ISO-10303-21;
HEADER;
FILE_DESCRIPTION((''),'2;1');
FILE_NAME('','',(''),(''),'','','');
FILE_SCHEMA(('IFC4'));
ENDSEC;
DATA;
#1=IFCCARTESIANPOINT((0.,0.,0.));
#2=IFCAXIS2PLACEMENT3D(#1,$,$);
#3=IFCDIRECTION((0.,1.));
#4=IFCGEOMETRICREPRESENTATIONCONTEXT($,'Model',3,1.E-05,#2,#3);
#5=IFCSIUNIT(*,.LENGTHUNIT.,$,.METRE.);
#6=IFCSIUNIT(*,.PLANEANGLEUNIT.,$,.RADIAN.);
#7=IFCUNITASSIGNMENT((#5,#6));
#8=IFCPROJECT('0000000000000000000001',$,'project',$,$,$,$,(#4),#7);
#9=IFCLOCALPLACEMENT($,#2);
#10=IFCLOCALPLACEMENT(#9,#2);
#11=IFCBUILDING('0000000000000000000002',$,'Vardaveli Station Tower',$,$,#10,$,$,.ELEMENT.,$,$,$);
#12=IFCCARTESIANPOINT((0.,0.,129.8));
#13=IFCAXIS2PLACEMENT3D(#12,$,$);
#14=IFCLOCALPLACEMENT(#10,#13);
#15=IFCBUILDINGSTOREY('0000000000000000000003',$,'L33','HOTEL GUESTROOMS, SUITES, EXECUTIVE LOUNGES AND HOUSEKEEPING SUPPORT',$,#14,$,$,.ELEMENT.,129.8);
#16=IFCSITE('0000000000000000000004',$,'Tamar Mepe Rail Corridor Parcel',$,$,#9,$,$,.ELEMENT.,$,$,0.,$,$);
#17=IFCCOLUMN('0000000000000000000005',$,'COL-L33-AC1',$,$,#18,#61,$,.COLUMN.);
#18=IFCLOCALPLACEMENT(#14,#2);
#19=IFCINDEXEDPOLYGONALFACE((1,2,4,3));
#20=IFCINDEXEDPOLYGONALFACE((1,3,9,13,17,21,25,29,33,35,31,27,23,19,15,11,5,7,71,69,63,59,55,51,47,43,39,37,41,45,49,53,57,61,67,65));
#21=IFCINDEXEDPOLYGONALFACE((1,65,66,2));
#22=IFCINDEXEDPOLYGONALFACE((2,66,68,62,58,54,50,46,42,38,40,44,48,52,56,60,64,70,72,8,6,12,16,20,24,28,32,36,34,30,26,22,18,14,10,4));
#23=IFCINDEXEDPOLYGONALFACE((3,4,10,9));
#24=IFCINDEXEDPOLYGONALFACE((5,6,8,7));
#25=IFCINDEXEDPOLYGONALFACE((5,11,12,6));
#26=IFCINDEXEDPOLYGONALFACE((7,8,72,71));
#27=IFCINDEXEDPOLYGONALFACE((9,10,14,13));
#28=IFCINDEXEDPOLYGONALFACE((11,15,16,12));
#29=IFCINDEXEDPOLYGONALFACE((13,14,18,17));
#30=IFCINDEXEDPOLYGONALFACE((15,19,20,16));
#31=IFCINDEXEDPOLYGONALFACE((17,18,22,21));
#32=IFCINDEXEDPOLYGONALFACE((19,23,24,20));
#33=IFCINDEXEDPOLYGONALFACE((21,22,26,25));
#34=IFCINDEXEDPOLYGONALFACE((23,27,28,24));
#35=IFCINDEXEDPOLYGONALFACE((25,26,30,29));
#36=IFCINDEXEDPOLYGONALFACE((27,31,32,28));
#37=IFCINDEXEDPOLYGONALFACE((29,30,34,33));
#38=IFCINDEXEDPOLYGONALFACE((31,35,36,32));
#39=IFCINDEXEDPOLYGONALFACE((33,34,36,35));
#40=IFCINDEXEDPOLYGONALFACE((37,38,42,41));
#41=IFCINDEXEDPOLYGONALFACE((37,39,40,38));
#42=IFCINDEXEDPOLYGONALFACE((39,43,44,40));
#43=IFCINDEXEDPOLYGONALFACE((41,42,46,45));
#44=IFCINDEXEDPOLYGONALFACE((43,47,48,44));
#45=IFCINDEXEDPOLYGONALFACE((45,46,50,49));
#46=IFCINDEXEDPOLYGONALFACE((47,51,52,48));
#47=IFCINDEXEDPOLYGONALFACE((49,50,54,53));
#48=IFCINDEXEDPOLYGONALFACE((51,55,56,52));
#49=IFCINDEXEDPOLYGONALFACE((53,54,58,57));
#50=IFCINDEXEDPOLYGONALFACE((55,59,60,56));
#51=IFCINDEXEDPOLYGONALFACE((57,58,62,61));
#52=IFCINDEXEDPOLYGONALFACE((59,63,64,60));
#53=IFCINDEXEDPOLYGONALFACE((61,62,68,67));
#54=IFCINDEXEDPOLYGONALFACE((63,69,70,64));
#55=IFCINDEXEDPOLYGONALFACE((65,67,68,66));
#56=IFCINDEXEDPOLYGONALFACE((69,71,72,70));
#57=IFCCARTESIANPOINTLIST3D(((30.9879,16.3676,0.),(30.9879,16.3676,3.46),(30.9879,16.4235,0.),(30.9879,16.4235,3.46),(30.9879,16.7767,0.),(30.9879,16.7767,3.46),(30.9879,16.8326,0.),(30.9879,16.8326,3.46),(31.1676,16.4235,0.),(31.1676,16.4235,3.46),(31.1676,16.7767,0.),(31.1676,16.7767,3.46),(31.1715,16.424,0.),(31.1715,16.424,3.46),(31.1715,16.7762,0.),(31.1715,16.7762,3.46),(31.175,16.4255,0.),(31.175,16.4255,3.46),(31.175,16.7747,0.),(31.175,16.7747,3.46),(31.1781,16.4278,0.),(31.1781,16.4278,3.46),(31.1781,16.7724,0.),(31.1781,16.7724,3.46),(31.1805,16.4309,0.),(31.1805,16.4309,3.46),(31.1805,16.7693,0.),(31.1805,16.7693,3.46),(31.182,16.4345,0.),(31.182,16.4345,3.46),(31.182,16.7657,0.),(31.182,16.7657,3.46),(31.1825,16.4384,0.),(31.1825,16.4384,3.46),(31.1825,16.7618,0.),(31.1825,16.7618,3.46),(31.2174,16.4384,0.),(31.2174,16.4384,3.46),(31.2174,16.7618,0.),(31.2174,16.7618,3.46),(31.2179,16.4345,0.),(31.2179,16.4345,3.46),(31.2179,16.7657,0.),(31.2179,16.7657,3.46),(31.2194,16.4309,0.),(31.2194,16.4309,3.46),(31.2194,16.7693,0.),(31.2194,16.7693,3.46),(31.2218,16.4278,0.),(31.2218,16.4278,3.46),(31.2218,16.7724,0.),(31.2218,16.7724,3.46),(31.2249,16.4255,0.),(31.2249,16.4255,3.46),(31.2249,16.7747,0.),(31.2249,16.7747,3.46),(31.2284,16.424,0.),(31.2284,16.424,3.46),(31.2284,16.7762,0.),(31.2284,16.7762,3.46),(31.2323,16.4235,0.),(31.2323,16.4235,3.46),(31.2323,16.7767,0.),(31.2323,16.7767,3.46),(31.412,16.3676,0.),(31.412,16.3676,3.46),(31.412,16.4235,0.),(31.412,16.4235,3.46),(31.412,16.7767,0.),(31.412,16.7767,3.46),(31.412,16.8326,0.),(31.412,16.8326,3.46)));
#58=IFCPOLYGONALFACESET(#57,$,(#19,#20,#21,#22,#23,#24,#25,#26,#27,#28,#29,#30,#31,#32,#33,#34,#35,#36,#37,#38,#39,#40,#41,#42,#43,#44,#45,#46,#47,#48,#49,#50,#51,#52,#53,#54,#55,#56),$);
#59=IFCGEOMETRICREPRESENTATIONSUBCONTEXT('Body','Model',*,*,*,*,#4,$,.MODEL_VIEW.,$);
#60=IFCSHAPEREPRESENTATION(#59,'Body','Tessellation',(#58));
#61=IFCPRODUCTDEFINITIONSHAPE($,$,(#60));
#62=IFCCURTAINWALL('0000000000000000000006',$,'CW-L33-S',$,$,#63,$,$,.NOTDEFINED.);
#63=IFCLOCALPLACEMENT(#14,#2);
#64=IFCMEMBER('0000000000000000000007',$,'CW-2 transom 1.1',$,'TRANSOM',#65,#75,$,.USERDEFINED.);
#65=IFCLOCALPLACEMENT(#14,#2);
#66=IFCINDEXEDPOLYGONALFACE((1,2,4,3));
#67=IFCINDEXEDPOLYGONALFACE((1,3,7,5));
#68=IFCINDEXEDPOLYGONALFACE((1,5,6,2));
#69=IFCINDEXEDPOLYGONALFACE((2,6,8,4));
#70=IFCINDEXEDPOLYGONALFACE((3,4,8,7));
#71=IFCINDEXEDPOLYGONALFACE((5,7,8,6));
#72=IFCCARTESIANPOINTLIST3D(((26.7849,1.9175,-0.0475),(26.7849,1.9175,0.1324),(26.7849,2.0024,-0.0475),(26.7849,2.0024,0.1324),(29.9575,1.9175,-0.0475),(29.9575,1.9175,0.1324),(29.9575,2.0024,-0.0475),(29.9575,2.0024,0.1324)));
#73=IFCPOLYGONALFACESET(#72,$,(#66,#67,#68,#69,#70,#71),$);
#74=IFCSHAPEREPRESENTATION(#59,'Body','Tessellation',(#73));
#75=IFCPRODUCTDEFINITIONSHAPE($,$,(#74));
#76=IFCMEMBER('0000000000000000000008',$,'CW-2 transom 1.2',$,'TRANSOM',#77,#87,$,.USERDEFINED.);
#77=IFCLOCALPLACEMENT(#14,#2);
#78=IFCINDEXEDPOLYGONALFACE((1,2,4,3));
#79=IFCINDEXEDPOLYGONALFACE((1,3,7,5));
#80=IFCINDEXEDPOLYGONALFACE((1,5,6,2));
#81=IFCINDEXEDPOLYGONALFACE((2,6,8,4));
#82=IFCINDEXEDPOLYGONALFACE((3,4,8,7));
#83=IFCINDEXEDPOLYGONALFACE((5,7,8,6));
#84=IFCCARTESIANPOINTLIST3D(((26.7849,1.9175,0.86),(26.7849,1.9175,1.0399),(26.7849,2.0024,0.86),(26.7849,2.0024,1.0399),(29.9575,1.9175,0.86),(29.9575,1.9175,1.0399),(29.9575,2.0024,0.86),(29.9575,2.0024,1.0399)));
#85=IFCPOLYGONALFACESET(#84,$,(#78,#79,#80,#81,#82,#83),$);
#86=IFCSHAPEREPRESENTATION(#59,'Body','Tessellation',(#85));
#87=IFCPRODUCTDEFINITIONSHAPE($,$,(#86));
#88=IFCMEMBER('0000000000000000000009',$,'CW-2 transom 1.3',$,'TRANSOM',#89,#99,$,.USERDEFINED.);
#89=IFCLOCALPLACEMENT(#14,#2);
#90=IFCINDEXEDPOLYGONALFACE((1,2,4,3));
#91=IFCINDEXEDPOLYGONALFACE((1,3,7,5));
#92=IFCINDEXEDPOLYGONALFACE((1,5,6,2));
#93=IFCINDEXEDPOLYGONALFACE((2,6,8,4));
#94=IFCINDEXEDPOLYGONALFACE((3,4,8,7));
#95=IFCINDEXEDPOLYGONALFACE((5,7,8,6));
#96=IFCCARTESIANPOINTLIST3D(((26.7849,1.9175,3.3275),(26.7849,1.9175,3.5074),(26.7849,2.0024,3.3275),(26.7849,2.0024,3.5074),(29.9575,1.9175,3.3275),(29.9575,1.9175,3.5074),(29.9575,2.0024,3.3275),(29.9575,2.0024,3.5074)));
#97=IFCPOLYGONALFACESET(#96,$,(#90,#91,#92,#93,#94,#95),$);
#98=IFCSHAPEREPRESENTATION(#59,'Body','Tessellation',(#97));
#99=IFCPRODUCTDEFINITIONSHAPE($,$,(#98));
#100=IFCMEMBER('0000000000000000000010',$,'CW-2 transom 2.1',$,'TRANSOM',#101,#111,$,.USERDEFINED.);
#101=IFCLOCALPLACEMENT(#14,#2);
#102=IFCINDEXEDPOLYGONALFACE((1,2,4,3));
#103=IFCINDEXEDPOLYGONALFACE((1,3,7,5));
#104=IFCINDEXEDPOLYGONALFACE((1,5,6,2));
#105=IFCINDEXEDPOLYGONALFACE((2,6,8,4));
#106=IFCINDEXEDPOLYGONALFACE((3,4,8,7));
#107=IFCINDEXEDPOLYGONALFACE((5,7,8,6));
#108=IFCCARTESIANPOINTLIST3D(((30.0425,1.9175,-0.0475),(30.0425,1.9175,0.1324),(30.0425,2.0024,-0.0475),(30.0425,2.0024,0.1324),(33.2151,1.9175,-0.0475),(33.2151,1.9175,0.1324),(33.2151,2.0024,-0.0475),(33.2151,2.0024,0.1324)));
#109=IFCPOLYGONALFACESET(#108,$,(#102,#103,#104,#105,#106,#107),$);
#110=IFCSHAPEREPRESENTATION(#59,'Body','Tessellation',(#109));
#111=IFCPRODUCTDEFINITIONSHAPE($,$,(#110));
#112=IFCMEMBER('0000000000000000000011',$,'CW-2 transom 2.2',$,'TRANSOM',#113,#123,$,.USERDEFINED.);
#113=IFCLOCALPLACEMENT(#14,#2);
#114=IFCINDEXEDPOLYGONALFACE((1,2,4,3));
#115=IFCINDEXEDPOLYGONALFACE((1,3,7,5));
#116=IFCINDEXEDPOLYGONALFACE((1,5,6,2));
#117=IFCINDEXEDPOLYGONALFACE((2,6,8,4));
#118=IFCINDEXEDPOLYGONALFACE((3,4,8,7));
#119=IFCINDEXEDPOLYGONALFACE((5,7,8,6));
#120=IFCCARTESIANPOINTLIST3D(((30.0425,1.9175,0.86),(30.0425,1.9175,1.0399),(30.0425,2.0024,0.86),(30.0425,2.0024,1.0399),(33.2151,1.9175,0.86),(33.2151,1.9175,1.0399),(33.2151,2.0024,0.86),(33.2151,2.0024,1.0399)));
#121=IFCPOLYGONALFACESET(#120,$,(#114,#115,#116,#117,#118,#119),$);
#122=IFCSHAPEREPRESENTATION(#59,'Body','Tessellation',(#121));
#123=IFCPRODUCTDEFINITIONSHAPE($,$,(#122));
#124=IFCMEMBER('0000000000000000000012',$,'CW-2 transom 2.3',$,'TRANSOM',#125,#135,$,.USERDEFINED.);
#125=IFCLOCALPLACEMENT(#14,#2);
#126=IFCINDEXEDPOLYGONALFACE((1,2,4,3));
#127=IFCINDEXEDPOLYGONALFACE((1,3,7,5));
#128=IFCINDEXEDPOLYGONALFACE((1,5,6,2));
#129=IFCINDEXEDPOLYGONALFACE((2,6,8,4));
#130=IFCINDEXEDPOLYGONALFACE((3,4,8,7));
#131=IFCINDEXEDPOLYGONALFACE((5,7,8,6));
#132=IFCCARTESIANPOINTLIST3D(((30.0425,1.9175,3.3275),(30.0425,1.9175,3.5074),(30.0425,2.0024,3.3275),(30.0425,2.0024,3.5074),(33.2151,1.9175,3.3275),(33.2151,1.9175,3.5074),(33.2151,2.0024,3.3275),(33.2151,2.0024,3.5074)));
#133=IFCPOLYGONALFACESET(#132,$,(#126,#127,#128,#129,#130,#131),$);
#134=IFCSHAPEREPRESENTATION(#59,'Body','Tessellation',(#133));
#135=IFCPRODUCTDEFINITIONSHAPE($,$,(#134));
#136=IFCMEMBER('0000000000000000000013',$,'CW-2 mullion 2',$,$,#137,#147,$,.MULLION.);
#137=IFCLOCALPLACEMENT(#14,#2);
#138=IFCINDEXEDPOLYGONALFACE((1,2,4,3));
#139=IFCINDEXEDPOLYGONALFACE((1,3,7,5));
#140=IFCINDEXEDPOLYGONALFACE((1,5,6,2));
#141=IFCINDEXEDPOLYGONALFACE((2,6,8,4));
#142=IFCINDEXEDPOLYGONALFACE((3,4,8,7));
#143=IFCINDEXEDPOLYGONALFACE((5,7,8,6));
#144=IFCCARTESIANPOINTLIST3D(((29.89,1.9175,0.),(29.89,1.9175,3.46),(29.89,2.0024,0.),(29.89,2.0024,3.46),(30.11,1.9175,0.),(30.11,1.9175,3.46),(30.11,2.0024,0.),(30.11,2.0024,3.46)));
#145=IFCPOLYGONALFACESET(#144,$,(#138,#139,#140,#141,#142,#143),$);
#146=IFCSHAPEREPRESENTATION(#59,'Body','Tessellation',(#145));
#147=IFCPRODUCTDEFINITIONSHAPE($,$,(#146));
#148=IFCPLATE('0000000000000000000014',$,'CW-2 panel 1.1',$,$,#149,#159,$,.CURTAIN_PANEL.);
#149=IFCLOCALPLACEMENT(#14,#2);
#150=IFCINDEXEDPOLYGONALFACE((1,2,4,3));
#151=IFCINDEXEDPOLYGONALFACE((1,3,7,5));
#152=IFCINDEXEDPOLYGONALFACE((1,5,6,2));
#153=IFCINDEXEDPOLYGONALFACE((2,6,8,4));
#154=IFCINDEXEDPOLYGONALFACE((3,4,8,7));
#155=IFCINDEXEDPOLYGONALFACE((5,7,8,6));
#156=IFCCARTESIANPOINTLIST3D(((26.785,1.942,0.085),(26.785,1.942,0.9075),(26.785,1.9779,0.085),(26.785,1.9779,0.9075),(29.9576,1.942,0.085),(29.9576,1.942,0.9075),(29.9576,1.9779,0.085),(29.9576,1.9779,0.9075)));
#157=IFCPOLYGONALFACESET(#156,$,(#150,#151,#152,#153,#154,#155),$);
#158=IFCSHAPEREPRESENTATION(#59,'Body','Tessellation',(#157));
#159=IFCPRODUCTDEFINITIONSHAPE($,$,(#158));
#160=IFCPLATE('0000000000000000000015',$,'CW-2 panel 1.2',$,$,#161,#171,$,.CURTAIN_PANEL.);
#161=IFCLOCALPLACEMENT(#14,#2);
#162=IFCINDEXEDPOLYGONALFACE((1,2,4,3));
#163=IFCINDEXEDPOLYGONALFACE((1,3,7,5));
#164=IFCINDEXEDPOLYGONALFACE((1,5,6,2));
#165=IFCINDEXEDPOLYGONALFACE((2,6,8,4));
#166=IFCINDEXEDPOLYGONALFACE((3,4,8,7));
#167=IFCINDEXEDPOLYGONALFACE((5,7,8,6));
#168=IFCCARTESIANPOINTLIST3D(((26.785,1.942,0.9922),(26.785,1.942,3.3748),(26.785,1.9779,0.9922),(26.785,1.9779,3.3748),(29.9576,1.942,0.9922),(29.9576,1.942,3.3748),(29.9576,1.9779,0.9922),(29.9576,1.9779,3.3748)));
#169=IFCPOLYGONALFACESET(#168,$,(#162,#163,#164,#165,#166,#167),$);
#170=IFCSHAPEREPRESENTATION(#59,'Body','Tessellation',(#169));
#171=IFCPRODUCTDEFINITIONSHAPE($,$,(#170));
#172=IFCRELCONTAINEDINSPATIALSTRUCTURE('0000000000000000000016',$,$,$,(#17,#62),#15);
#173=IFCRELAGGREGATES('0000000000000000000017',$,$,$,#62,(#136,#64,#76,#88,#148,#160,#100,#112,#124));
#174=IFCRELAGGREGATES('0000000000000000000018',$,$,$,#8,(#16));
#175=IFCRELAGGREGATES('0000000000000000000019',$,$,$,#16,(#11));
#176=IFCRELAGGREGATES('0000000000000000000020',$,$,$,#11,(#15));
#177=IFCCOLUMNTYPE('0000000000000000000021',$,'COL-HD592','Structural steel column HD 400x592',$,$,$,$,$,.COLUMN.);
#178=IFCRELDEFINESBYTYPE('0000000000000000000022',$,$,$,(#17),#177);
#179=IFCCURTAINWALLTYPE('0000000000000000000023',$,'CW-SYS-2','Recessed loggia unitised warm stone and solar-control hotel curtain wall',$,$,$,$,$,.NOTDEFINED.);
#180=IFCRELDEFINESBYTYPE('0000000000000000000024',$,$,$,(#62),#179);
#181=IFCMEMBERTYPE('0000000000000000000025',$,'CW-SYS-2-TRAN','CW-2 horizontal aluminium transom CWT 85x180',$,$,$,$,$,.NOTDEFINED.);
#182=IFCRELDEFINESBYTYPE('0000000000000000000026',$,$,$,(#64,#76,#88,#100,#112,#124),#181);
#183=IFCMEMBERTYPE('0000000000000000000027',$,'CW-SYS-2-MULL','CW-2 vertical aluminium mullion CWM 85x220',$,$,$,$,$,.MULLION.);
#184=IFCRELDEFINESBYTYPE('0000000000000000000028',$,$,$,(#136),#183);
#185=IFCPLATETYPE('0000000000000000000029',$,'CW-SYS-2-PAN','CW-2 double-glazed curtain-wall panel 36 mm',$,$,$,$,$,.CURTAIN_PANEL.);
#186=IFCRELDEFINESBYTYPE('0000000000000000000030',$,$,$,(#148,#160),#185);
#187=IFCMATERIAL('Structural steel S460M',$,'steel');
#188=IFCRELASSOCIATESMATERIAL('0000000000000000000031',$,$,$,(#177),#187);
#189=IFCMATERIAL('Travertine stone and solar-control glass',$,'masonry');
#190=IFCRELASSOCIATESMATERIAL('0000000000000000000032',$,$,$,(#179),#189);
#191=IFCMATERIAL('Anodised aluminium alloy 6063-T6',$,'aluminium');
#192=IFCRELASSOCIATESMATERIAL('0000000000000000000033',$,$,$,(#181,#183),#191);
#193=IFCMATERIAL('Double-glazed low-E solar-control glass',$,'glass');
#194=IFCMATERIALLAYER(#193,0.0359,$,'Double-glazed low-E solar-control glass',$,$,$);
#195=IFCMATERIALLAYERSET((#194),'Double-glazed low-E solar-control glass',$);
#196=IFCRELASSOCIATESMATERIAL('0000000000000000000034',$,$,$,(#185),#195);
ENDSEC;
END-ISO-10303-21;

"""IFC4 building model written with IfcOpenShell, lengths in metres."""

from ifc_helpers import new_model, si_unit, direction, frame, origin, origin_2d, place, context, subcontext, project, spatial, rectangle, i_section, extrude, source, transform, mapped, material, layer, layer_set, material_profile, profile_set, type_object, element, aggregate, save


model = new_model("IFC4")

# Units and contexts
model_context = context("Model", 3, precision=1e-05, world=origin(), true_north=direction((0.0, 1.0)))
body_context = subcontext(model_context, "Body", "Model", "MODEL_VIEW")
ifc_project = project(units=[si_unit("LENGTHUNIT", "METRE"), si_unit("PLANEANGLEUNIT", "RADIAN")], contexts=[model_context])

# Site, building, storey
site_placement = place(None, origin())
site = spatial("IfcSite", under=ifc_project, at=site_placement, Name="Tamar Mepe Rail Corridor Parcel", CompositionType="ELEMENT", RefElevation=0.0)
building_placement = place(site_placement, origin())
building = spatial("IfcBuilding", under=site, at=building_placement, Name="Vardaveli Station Tower", CompositionType="ELEMENT")
storey_placement = place(building_placement, frame((0.0, 0.0, 129.8)))
storey = spatial("IfcBuildingStorey", under=building, at=storey_placement, Name="L33", Description="HOTEL GUESTROOMS, SUITES, EXECUTIVE LOUNGES AND HOUSEKEEPING SUPPORT", CompositionType="ELEMENT", Elevation=129.8)

# Column
ifc_material_1 = material(Name="Structural steel S460M", Category="steel")
ifc_material_profile_1 = material_profile(ifc_material_1, i_section(OverallWidth=0.4241, OverallDepth=0.4651, WebThickness=0.0349, FlangeThickness=0.0559, FilletRadius=0.0149, at=origin_2d()), Name="HD 400x592")
ifc_profile_set_1 = profile_set([ifc_material_profile_1], Name="Structural steel S460M")
column_type = type_object("IfcColumnType", Name="COL-HD592", Description="Structural steel column HD 400x592", PredefinedType="COLUMN", material=ifc_profile_set_1)
shared_shape_1 = source(origin(), body_context, "Body", "SweptSolid", [
    extrude(i_section(OverallWidth=0.4241, OverallDepth=0.4651, WebThickness=0.0349, FlangeThickness=0.0559, FilletRadius=0.0149, at=origin_2d()), origin(), (0.0, 0.0, 1.0), 3.46),
])
column_placement = place(storey_placement, frame((31.2, 16.6001, 0.0), z_axis=(0.0, 0.0, 1.0), x_axis=(1.0, 0.0, 0.0)))
element("IfcColumn", 1, at=column_placement, inside=storey, type_object=column_type, Name="COL-L33-AC1", PredefinedType="COLUMN", context=body_context, shape_type="MappedRepresentation", body=[
    mapped(shared_shape_1, transform((0.0, 0.0, 0.0), scale=1.0)),
])

# Curtain wall, members, plates
ifc_material_2 = material(Name="Travertine stone and solar-control glass", Category="masonry")
curtain_wall_type = type_object("IfcCurtainWallType", Name="CW-SYS-2", Description="Recessed loggia unitised warm stone and solar-control hotel curtain wall", PredefinedType="NOTDEFINED", material=ifc_material_2)
curtain_wall_placement = place(storey_placement, origin())
curtain_wall = element("IfcCurtainWall", 2, at=curtain_wall_placement, inside=storey, type_object=curtain_wall_type, Name="CW-L33-S", PredefinedType="NOTDEFINED")
ifc_material_3 = material(Name="Anodised aluminium alloy 6063-T6", Category="aluminium")
ifc_material_profile_2 = material_profile(ifc_material_3, rectangle(XDim=0.085, YDim=0.1799, at=origin_2d()), Name="CWT 85x180")
ifc_profile_set_2 = profile_set([ifc_material_profile_2], Name="Anodised aluminium alloy 6063-T6")
member_type_1 = type_object("IfcMemberType", Name="CW-SYS-2-TRAN", Description="CW-2 horizontal aluminium transom CWT 85x180", PredefinedType="NOTDEFINED", material=ifc_profile_set_2)
shared_shape_2 = source(origin(), body_context, "Body", "SweptSolid", [
    extrude(rectangle(XDim=0.085, YDim=0.1799, at=origin_2d()), origin(), (0.0, 0.0, 1.0), 3.1726),
])
member_1_placement = place(storey_placement, frame((26.7849, 1.96, 0.0425), z_axis=(1.0, 0.0, 0.0), x_axis=(0.0, 1.0, 0.0)))
member_1 = element("IfcMember", 3, at=member_1_placement, type_object=member_type_1, Name="CW-2 transom 1.1", ObjectType="TRANSOM", PredefinedType="USERDEFINED", context=body_context, shape_type="MappedRepresentation", body=[
    mapped(shared_shape_2, transform((0.0, 0.0, 0.0), scale=1.0)),
])
member_2_placement = place(storey_placement, frame((26.7849, 1.96, 0.95), z_axis=(1.0, 0.0, 0.0), x_axis=(0.0, 1.0, 0.0)))
member_2 = element("IfcMember", 4, at=member_2_placement, type_object=member_type_1, Name="CW-2 transom 1.2", ObjectType="TRANSOM", PredefinedType="USERDEFINED", context=body_context, shape_type="MappedRepresentation", body=[
    mapped(shared_shape_2, transform((0.0, 0.0, 0.0), scale=1.0)),
])
member_3_placement = place(storey_placement, frame((26.7849, 1.96, 3.4175), z_axis=(1.0, 0.0, 0.0), x_axis=(0.0, 1.0, 0.0)))
member_3 = element("IfcMember", 5, at=member_3_placement, type_object=member_type_1, Name="CW-2 transom 1.3", ObjectType="TRANSOM", PredefinedType="USERDEFINED", context=body_context, shape_type="MappedRepresentation", body=[
    mapped(shared_shape_2, transform((0.0, 0.0, 0.0), scale=1.0)),
])
member_4_placement = place(storey_placement, frame((30.0425, 1.96, 0.0425), z_axis=(1.0, 0.0, 0.0), x_axis=(0.0, 1.0, 0.0)))
member_4 = element("IfcMember", 6, at=member_4_placement, type_object=member_type_1, Name="CW-2 transom 2.1", ObjectType="TRANSOM", PredefinedType="USERDEFINED", context=body_context, shape_type="MappedRepresentation", body=[
    mapped(shared_shape_2, transform((0.0, 0.0, 0.0), scale=1.0)),
])
member_5_placement = place(storey_placement, frame((30.0425, 1.96, 0.95), z_axis=(1.0, 0.0, 0.0), x_axis=(0.0, 1.0, 0.0)))
member_5 = element("IfcMember", 7, at=member_5_placement, type_object=member_type_1, Name="CW-2 transom 2.2", ObjectType="TRANSOM", PredefinedType="USERDEFINED", context=body_context, shape_type="MappedRepresentation", body=[
    mapped(shared_shape_2, transform((0.0, 0.0, 0.0), scale=1.0)),
])
member_6_placement = place(storey_placement, frame((30.0425, 1.96, 3.4175), z_axis=(1.0, 0.0, 0.0), x_axis=(0.0, 1.0, 0.0)))
member_6 = element("IfcMember", 8, at=member_6_placement, type_object=member_type_1, Name="CW-2 transom 2.3", ObjectType="TRANSOM", PredefinedType="USERDEFINED", context=body_context, shape_type="MappedRepresentation", body=[
    mapped(shared_shape_2, transform((0.0, 0.0, 0.0), scale=1.0)),
])
ifc_material_profile_3 = material_profile(ifc_material_3, rectangle(XDim=0.085, YDim=0.22, at=origin_2d()), Name="CWM 85x220")
ifc_profile_set_3 = profile_set([ifc_material_profile_3], Name="Anodised aluminium alloy 6063-T6")
member_type_2 = type_object("IfcMemberType", Name="CW-SYS-2-MULL", Description="CW-2 vertical aluminium mullion CWM 85x220", PredefinedType="MULLION", material=ifc_profile_set_3)
shared_shape_3 = source(origin(), body_context, "Body", "SweptSolid", [
    extrude(rectangle(XDim=0.085, YDim=0.22, at=origin_2d()), origin(), (0.0, 0.0, 1.0), 3.46),
])
member_7_placement = place(storey_placement, frame((30.0, 1.96, 0.0), z_axis=(0.0, 0.0, 1.0), x_axis=(0.0, 1.0, 0.0)))
member_7 = element("IfcMember", 9, at=member_7_placement, type_object=member_type_2, Name="CW-2 mullion 2", PredefinedType="MULLION", context=body_context, shape_type="MappedRepresentation", body=[
    mapped(shared_shape_3, transform((0.0, 0.0, 0.0), scale=1.0)),
])
ifc_material_4 = material(Name="Double-glazed low-E solar-control glass", Category="glass")
ifc_layer_1 = layer(ifc_material_4, 0.0359, Name="Double-glazed low-E solar-control glass")
ifc_layer_set_1 = layer_set([ifc_layer_1], Name="Double-glazed low-E solar-control glass")
plate_type = type_object("IfcPlateType", Name="CW-SYS-2-PAN", Description="CW-2 double-glazed curtain-wall panel 36 mm", PredefinedType="CURTAIN_PANEL", material=ifc_layer_set_1)
shared_shape_4 = source(origin(), body_context, "Body", "SweptSolid", [
    extrude(rectangle(XDim=3.1726, YDim=0.0359, at=origin_2d()), origin(), (0.0, 0.0, 1.0), 0.8225),
])
plate_1_placement = place(storey_placement, frame((28.3713, 1.96, 0.085), z_axis=(0.0, 0.0, 1.0), x_axis=(1.0, 0.0, 0.0)))
plate_1 = element("IfcPlate", 10, at=plate_1_placement, type_object=plate_type, Name="CW-2 panel 1.1", PredefinedType="CURTAIN_PANEL", context=body_context, shape_type="MappedRepresentation", body=[
    mapped(shared_shape_4, transform((0.0, 0.0, 0.0), scale=1.0)),
])
shared_shape_5 = source(origin(), body_context, "Body", "SweptSolid", [
    extrude(rectangle(XDim=3.1726, YDim=0.0359, at=origin_2d()), origin(), (0.0, 0.0, 1.0), 2.3826),
])
plate_2_placement = place(storey_placement, frame((28.3713, 1.96, 0.9922), z_axis=(0.0, 0.0, 1.0), x_axis=(1.0, 0.0, 0.0)))
plate_2 = element("IfcPlate", 11, at=plate_2_placement, type_object=plate_type, Name="CW-2 panel 1.2", PredefinedType="CURTAIN_PANEL", context=body_context, shape_type="MappedRepresentation", body=[
    mapped(shared_shape_5, transform((0.0, 0.0, 0.0), scale=1.0)),
])
aggregate(curtain_wall, [member_7, member_1, member_2, member_3, plate_1, plate_2, member_4, member_5, member_6])

save(model, "model.ifc")
